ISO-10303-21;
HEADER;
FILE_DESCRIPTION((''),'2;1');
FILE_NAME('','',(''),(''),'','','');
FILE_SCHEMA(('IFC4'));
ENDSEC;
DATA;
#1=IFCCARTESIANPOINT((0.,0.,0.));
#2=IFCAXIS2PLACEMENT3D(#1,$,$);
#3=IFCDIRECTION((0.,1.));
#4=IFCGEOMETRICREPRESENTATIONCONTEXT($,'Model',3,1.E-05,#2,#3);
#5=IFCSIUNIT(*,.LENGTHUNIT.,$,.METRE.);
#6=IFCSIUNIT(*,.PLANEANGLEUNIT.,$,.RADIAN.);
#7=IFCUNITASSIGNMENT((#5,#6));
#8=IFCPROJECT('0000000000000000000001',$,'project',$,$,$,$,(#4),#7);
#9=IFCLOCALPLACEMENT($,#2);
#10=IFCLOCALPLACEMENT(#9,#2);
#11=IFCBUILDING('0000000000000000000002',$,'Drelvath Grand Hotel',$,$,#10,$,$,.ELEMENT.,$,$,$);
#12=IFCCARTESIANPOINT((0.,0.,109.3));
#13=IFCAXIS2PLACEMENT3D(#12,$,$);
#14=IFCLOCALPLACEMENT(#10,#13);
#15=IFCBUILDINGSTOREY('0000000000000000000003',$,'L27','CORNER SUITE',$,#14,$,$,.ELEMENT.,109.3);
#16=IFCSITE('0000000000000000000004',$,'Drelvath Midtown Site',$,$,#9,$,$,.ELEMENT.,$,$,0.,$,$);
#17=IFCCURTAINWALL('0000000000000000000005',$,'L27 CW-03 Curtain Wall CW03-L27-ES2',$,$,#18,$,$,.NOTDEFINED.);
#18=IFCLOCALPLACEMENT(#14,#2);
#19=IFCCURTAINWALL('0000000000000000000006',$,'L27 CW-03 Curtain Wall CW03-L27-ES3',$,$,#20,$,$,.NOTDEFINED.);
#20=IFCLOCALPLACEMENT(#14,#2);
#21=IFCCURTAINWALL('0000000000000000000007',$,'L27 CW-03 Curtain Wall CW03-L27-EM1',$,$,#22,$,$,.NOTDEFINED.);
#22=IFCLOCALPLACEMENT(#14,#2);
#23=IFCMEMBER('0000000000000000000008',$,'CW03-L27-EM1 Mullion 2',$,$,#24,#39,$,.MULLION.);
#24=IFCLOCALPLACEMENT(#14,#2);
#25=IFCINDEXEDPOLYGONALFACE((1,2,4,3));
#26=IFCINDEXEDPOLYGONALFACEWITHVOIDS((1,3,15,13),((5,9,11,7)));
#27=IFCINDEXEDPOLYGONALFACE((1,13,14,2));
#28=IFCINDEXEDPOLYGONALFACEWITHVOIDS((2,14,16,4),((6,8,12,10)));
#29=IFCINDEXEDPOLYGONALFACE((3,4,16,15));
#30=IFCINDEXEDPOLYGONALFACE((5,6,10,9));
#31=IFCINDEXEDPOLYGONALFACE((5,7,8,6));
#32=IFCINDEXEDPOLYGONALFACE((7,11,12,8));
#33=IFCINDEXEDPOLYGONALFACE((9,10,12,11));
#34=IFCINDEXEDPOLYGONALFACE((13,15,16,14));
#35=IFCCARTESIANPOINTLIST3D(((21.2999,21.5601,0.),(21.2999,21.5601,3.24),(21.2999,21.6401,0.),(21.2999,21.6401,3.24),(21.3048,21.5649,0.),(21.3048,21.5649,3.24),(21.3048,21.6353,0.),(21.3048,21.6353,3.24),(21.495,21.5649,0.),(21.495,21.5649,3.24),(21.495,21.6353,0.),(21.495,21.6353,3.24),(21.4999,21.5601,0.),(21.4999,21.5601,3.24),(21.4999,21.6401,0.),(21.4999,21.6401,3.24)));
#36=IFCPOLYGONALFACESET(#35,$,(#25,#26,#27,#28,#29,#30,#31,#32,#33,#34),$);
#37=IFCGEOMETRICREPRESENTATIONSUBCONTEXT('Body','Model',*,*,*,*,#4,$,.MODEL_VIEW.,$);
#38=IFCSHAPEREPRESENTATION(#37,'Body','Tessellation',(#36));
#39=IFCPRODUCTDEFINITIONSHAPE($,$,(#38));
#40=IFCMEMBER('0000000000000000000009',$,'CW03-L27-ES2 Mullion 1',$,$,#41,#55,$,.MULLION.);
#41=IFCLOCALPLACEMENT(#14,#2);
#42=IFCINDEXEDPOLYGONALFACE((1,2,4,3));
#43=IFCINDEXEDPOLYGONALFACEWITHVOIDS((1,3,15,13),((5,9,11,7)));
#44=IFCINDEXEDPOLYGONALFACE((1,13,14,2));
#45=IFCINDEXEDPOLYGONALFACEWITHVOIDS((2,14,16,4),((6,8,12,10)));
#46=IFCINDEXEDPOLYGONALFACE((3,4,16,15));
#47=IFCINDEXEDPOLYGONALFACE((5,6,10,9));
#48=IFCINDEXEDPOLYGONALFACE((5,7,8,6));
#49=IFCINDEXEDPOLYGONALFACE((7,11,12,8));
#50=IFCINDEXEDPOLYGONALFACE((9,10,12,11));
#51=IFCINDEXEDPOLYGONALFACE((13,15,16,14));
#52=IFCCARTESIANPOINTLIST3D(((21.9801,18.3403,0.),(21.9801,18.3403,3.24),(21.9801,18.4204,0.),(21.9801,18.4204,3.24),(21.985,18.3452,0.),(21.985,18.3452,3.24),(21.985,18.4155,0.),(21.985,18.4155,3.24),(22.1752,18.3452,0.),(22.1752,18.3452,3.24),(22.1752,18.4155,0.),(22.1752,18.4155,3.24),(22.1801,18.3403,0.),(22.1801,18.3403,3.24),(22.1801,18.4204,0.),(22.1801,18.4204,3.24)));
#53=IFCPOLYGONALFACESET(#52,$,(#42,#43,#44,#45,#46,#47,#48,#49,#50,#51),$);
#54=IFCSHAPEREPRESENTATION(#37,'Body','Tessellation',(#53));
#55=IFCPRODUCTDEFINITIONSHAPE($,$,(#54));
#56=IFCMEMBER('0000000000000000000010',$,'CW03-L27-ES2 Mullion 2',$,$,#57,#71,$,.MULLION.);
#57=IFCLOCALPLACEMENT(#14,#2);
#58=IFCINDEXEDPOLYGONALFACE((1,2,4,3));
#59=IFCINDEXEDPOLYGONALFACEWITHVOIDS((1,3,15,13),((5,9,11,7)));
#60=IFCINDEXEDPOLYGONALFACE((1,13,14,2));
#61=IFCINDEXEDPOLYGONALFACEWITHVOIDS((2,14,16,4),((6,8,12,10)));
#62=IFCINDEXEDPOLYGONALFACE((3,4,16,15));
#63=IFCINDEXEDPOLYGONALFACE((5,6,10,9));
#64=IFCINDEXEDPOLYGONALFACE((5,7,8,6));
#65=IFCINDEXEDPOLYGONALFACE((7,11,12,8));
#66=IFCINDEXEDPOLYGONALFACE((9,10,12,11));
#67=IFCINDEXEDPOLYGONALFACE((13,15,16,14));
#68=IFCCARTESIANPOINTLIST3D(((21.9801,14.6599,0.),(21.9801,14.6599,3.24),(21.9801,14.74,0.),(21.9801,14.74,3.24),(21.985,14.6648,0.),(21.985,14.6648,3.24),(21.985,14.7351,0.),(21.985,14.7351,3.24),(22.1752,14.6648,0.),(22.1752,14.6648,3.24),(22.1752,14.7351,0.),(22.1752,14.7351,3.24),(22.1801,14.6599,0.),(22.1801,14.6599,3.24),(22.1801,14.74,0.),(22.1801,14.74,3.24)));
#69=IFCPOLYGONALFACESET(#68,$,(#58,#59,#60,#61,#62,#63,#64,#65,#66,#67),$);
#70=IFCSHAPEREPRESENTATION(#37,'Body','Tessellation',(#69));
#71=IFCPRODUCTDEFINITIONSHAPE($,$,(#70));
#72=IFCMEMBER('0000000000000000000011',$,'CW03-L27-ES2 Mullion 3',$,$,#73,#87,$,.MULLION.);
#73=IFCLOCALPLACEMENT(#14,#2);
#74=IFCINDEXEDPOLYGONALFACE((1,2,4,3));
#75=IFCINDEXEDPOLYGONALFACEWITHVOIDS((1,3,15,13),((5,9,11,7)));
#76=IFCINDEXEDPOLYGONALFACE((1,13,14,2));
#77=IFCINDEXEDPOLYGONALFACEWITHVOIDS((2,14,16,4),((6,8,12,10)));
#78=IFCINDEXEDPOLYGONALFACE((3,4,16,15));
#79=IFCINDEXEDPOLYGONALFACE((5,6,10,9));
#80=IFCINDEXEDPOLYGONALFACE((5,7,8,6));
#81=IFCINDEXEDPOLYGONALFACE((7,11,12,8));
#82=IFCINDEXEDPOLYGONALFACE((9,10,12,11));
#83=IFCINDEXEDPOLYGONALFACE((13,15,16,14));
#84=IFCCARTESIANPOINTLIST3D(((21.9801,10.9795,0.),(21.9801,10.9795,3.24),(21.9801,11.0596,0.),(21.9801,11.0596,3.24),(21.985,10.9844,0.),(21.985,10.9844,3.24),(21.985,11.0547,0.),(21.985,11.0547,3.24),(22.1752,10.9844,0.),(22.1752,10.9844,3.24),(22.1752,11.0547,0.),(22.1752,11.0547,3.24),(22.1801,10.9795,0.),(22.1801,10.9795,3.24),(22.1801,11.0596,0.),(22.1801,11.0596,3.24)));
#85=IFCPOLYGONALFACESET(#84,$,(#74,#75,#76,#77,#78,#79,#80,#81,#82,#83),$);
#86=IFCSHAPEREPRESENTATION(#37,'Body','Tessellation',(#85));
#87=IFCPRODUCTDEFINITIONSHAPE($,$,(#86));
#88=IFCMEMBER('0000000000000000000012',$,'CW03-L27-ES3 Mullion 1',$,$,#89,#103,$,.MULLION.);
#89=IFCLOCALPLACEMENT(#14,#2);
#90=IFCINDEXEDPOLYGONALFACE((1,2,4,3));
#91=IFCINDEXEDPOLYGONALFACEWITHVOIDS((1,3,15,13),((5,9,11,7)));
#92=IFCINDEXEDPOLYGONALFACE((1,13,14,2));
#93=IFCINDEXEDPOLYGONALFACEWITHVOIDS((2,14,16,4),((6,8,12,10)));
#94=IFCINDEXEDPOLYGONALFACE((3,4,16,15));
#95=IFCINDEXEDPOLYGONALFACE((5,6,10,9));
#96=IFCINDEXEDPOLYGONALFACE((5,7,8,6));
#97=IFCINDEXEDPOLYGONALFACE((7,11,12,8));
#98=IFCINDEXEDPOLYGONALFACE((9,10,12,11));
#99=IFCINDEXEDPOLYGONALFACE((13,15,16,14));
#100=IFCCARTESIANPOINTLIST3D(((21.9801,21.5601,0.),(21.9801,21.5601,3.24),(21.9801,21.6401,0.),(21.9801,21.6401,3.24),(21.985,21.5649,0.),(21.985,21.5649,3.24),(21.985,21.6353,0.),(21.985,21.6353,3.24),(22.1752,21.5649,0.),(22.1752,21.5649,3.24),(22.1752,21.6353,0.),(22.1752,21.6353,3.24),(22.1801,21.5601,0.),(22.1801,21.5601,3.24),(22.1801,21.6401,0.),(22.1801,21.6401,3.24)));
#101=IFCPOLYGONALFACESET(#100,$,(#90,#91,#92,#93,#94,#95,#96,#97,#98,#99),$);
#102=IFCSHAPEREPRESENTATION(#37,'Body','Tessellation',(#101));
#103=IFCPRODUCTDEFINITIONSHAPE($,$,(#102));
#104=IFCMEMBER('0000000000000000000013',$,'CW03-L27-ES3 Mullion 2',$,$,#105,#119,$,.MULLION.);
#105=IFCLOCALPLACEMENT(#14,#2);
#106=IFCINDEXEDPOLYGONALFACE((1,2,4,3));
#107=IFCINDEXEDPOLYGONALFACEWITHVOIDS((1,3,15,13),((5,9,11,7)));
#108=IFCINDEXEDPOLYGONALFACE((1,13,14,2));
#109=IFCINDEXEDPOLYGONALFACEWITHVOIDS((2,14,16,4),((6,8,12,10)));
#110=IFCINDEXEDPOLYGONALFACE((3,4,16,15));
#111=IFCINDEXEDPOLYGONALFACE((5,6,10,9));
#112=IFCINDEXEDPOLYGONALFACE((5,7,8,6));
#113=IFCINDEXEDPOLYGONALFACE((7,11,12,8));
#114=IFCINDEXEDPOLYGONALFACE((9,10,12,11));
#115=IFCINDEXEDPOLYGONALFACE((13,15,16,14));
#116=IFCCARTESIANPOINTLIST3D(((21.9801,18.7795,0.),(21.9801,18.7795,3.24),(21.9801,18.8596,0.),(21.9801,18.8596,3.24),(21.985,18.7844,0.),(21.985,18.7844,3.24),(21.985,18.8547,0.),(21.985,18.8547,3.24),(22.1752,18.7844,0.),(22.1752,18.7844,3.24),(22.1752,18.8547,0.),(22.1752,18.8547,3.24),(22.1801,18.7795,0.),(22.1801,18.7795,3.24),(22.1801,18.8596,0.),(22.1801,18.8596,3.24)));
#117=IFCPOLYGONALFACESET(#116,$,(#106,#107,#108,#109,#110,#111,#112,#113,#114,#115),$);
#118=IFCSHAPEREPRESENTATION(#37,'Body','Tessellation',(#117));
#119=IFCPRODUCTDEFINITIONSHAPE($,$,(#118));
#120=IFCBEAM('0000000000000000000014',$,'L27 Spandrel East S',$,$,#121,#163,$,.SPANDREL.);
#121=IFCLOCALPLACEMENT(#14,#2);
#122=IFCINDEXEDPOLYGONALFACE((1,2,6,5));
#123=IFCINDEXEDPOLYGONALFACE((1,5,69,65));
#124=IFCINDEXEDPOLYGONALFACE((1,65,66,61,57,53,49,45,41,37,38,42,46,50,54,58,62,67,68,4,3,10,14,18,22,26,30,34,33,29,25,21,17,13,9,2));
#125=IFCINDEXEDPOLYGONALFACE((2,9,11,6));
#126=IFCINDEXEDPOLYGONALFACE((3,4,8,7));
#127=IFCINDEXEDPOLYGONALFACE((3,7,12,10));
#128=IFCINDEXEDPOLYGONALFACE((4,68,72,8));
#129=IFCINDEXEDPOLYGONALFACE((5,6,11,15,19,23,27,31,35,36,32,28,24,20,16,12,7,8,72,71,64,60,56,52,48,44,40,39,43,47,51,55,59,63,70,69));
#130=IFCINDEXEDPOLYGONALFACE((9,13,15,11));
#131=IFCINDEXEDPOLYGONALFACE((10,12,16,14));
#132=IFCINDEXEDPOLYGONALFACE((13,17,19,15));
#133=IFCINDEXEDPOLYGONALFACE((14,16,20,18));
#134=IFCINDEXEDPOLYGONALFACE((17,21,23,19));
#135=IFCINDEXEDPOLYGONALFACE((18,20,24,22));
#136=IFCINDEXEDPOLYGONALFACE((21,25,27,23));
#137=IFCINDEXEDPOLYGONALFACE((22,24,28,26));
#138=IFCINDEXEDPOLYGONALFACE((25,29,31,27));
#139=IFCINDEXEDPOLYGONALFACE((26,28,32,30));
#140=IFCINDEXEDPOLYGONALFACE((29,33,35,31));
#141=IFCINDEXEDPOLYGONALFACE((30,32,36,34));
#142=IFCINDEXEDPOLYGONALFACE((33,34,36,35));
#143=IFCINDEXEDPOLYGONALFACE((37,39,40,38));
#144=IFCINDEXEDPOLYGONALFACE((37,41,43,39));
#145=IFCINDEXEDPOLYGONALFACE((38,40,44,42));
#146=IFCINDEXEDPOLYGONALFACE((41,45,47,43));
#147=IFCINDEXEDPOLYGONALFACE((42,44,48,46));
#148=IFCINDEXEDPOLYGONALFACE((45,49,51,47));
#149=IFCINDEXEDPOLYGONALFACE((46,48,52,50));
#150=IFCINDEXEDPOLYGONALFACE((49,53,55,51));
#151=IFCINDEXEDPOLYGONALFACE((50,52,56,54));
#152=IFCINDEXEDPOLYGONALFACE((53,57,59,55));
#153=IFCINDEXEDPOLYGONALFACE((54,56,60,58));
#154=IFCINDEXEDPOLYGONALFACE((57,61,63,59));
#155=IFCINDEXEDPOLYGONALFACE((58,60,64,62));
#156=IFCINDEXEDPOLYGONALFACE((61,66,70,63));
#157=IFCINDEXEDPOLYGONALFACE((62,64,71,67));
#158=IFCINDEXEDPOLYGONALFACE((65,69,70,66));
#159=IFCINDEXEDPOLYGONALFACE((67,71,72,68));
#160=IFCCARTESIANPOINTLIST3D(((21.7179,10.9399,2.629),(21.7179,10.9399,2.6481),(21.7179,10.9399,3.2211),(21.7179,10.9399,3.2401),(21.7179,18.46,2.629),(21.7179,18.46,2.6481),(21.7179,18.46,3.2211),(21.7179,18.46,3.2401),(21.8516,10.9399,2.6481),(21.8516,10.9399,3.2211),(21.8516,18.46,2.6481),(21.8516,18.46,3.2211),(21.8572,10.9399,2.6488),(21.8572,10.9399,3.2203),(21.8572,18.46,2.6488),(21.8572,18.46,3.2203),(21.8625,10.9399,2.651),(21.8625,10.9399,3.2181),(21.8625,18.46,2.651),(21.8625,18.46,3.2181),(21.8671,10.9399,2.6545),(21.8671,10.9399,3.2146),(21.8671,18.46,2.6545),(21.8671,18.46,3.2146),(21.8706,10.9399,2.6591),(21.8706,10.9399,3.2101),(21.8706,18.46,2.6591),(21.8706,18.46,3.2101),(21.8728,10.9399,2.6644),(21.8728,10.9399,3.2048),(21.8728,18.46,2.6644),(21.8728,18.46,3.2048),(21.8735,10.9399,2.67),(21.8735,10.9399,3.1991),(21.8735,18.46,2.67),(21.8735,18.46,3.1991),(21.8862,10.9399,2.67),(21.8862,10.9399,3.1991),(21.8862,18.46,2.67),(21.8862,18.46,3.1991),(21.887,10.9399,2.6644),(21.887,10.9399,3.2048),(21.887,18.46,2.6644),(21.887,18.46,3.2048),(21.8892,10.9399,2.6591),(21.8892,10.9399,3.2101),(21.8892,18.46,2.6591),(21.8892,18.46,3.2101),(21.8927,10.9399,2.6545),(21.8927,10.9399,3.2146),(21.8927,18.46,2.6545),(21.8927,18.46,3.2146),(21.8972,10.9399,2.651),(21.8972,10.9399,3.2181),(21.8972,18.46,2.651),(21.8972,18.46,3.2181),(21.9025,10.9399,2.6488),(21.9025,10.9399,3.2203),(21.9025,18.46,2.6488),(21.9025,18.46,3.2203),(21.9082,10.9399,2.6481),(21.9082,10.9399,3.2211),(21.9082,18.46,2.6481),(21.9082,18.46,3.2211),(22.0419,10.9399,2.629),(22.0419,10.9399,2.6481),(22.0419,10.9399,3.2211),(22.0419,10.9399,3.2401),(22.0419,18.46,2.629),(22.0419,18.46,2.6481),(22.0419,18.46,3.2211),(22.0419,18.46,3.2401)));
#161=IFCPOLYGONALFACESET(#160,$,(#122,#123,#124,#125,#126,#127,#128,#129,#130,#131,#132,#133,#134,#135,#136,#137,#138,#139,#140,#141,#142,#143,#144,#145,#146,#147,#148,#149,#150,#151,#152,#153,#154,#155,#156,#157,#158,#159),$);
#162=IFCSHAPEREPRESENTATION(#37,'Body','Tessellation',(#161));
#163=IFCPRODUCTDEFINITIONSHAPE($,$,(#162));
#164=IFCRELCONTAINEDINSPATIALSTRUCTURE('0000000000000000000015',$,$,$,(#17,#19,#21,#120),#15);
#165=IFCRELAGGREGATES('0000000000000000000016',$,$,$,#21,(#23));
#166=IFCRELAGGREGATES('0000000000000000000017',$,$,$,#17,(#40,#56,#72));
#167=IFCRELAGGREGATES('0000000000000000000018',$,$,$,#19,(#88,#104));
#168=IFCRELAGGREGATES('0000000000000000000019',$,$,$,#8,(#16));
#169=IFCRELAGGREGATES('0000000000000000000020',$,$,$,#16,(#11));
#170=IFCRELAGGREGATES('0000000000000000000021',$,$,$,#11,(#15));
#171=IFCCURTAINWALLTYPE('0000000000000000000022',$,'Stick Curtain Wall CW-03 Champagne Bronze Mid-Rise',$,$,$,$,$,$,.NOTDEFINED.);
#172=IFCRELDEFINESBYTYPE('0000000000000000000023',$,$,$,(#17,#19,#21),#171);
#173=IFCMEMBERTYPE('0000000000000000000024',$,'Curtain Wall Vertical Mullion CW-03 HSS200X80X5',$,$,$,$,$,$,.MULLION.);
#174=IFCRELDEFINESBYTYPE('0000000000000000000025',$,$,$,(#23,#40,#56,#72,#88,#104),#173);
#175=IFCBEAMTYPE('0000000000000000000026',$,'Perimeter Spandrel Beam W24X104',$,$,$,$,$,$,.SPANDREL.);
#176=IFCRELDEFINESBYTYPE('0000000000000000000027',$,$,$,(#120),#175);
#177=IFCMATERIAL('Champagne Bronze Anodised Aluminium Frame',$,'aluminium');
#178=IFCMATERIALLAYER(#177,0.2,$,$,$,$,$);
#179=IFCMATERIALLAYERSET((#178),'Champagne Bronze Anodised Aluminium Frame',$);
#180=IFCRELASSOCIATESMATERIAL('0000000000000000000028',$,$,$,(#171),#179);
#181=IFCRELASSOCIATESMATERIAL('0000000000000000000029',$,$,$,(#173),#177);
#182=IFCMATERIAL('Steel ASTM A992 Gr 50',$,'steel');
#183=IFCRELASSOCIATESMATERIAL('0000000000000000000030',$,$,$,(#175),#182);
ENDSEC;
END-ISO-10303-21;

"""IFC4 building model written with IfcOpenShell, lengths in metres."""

from ifc_helpers import new_model, si_unit, direction, frame, origin, origin_2d, place, context, subcontext, project, spatial, hollow_rectangle, i_section, extrude, material, layer, layer_set, material_profile, profile_set, type_object, element, aggregate, save


model = new_model("IFC4")

# Units and contexts
model_context = context("Model", 3, precision=1e-05, world=origin(), true_north=direction((0.0, 1.0)))
body_context = subcontext(model_context, "Body", "Model", "MODEL_VIEW")
ifc_project = project(units=[si_unit("LENGTHUNIT", "METRE"), si_unit("PLANEANGLEUNIT", "RADIAN")], contexts=[model_context])

# Site, building, storey
site_placement = place(None, origin())
site = spatial("IfcSite", under=ifc_project, at=site_placement, Name="Drelvath Midtown Site", CompositionType="ELEMENT", RefElevation=0.0)
building_placement = place(site_placement, origin())
building = spatial("IfcBuilding", under=site, at=building_placement, Name="Drelvath Grand Hotel", CompositionType="ELEMENT")
storey_placement = place(building_placement, frame((0.0, 0.0, 109.3)))
storey = spatial("IfcBuildingStorey", under=building, at=storey_placement, Name="L27", Description="CORNER SUITE", CompositionType="ELEMENT", Elevation=109.3)

# Shared definitions
ifc_material_1 = material(Name="Steel ASTM A992 Gr 50", Category="steel")

# Curtain walls, member
ifc_material_2 = material(Name="Champagne Bronze Anodised Aluminium Frame", Category="aluminium")
ifc_layer_1 = layer(ifc_material_2, 0.2)
ifc_layer_set_1 = layer_set([ifc_layer_1], Name="Champagne Bronze Anodised Aluminium Frame")
curtain_wall_type = type_object("IfcCurtainWallType", Name="Stick Curtain Wall CW-03 Champagne Bronze Mid-Rise", PredefinedType="NOTDEFINED", material=ifc_layer_set_1)
curtain_wall_1_placement = place(storey_placement, origin())
curtain_wall_1 = element("IfcCurtainWall", 1, at=curtain_wall_1_placement, inside=storey, type_object=curtain_wall_type, Name="L27 CW-03 Curtain Wall CW03-L27-ES2", PredefinedType="NOTDEFINED")
curtain_wall_2_placement = place(storey_placement, origin())
curtain_wall_2 = element("IfcCurtainWall", 2, at=curtain_wall_2_placement, inside=storey, type_object=curtain_wall_type, Name="L27 CW-03 Curtain Wall CW03-L27-ES3", PredefinedType="NOTDEFINED")
curtain_wall_3_placement = place(storey_placement, origin())
curtain_wall_3 = element("IfcCurtainWall", 3, at=curtain_wall_3_placement, inside=storey, type_object=curtain_wall_type, Name="L27 CW-03 Curtain Wall CW03-L27-EM1", PredefinedType="NOTDEFINED")
ifc_material_profile_1 = material_profile(ifc_material_2, hollow_rectangle(XDim=0.0801, YDim=0.2, WallThickness=0.0049, at=origin_2d()), Name="HSS200X80X5")
ifc_profile_set_1 = profile_set([ifc_material_profile_1], Name="Champagne Bronze Anodised Aluminium Frame")
member_type_1 = type_object("IfcMemberType", Name="Curtain Wall Vertical Mullion CW-03 HSS200X80X5", PredefinedType="MULLION", material=ifc_profile_set_1)
member_1_placement = place(storey_placement, frame((21.3999, 21.6001, 0.0), z_axis=(0.0, 0.0, 1.0), x_axis=(0.0, 1.0, 0.0)))
member_1 = element("IfcMember", 4, at=member_1_placement, type_object=member_type_1, Name="CW03-L27-EM1 Mullion 2", PredefinedType="MULLION", context=body_context, shape_type="SweptSolid", body=[
    extrude(hollow_rectangle(XDim=0.0801, YDim=0.2, WallThickness=0.0049, at=origin_2d()), origin(), (0.0, 0.0, 1.0), 3.24),
])

# Members
member_2_placement = place(storey_placement, frame((22.0801, 18.3804, 0.0), z_axis=(0.0, 0.0, 1.0), x_axis=(0.0, 1.0, 0.0)))
member_2 = element("IfcMember", 5, at=member_2_placement, type_object=member_type_1, Name="CW03-L27-ES2 Mullion 1", PredefinedType="MULLION", context=body_context, shape_type="SweptSolid", body=[
    extrude(hollow_rectangle(XDim=0.0801, YDim=0.2, WallThickness=0.0049, at=origin_2d()), origin(), (0.0, 0.0, 1.0), 3.24),
])
member_3_placement = place(storey_placement, frame((22.0801, 14.7, 0.0), z_axis=(0.0, 0.0, 1.0), x_axis=(0.0, 1.0, 0.0)))
member_3 = element("IfcMember", 6, at=member_3_placement, type_object=member_type_1, Name="CW03-L27-ES2 Mullion 2", PredefinedType="MULLION", context=body_context, shape_type="SweptSolid", body=[
    extrude(hollow_rectangle(XDim=0.0801, YDim=0.2, WallThickness=0.0049, at=origin_2d()), origin(), (0.0, 0.0, 1.0), 3.24),
])
member_4_placement = place(storey_placement, frame((22.0801, 11.0195, 0.0), z_axis=(0.0, 0.0, 1.0), x_axis=(0.0, 1.0, 0.0)))
member_4 = element("IfcMember", 7, at=member_4_placement, type_object=member_type_1, Name="CW03-L27-ES2 Mullion 3", PredefinedType="MULLION", context=body_context, shape_type="SweptSolid", body=[
    extrude(hollow_rectangle(XDim=0.0801, YDim=0.2, WallThickness=0.0049, at=origin_2d()), origin(), (0.0, 0.0, 1.0), 3.24),
])
member_5_placement = place(storey_placement, frame((22.0801, 21.6001, 0.0), z_axis=(0.0, 0.0, 1.0), x_axis=(0.0, 1.0, 0.0)))
member_5 = element("IfcMember", 8, at=member_5_placement, type_object=member_type_1, Name="CW03-L27-ES3 Mullion 1", PredefinedType="MULLION", context=body_context, shape_type="SweptSolid", body=[
    extrude(hollow_rectangle(XDim=0.0801, YDim=0.2, WallThickness=0.0049, at=origin_2d()), origin(), (0.0, 0.0, 1.0), 3.24),
])
member_6_placement = place(storey_placement, frame((22.0801, 18.8196, 0.0), z_axis=(0.0, 0.0, 1.0), x_axis=(0.0, 1.0, 0.0)))
member_6 = element("IfcMember", 9, at=member_6_placement, type_object=member_type_1, Name="CW03-L27-ES3 Mullion 2", PredefinedType="MULLION", context=body_context, shape_type="SweptSolid", body=[
    extrude(hollow_rectangle(XDim=0.0801, YDim=0.2, WallThickness=0.0049, at=origin_2d()), origin(), (0.0, 0.0, 1.0), 3.24),
])

# Beam
ifc_material_profile_2 = material_profile(ifc_material_1, i_section(OverallWidth=0.324, OverallDepth=0.6111, WebThickness=0.0127, FlangeThickness=0.019, FilletRadius=0.022, at=origin_2d()), Name="W24X104")
ifc_profile_set_2 = profile_set([ifc_material_profile_2], Name="Steel ASTM A992 Gr 50")
beam_type_1 = type_object("IfcBeamType", Name="Perimeter Spandrel Beam W24X104", PredefinedType="SPANDREL", material=ifc_profile_set_2)
beam_1_placement = place(storey_placement, frame((21.8799, 10.9399, 2.9346), z_axis=(0.0, 1.0, 0.0), x_axis=(-1.0, 0.0, 0.0)))
element("IfcBeam", 10, at=beam_1_placement, inside=storey, type_object=beam_type_1, Name="L27 Spandrel East S", PredefinedType="SPANDREL", context=body_context, shape_type="SweptSolid", body=[
    extrude(i_section(OverallWidth=0.324, OverallDepth=0.6111, WebThickness=0.0127, FlangeThickness=0.019, FilletRadius=0.022, at=origin_2d()), origin(), (0.0, 0.0, 1.0), 7.52),
])

aggregate(curtain_wall_3, [member_1])
aggregate(curtain_wall_1, [member_2, member_3, member_4])
aggregate(curtain_wall_2, [member_5, member_6])

save(model, "model.ifc")
